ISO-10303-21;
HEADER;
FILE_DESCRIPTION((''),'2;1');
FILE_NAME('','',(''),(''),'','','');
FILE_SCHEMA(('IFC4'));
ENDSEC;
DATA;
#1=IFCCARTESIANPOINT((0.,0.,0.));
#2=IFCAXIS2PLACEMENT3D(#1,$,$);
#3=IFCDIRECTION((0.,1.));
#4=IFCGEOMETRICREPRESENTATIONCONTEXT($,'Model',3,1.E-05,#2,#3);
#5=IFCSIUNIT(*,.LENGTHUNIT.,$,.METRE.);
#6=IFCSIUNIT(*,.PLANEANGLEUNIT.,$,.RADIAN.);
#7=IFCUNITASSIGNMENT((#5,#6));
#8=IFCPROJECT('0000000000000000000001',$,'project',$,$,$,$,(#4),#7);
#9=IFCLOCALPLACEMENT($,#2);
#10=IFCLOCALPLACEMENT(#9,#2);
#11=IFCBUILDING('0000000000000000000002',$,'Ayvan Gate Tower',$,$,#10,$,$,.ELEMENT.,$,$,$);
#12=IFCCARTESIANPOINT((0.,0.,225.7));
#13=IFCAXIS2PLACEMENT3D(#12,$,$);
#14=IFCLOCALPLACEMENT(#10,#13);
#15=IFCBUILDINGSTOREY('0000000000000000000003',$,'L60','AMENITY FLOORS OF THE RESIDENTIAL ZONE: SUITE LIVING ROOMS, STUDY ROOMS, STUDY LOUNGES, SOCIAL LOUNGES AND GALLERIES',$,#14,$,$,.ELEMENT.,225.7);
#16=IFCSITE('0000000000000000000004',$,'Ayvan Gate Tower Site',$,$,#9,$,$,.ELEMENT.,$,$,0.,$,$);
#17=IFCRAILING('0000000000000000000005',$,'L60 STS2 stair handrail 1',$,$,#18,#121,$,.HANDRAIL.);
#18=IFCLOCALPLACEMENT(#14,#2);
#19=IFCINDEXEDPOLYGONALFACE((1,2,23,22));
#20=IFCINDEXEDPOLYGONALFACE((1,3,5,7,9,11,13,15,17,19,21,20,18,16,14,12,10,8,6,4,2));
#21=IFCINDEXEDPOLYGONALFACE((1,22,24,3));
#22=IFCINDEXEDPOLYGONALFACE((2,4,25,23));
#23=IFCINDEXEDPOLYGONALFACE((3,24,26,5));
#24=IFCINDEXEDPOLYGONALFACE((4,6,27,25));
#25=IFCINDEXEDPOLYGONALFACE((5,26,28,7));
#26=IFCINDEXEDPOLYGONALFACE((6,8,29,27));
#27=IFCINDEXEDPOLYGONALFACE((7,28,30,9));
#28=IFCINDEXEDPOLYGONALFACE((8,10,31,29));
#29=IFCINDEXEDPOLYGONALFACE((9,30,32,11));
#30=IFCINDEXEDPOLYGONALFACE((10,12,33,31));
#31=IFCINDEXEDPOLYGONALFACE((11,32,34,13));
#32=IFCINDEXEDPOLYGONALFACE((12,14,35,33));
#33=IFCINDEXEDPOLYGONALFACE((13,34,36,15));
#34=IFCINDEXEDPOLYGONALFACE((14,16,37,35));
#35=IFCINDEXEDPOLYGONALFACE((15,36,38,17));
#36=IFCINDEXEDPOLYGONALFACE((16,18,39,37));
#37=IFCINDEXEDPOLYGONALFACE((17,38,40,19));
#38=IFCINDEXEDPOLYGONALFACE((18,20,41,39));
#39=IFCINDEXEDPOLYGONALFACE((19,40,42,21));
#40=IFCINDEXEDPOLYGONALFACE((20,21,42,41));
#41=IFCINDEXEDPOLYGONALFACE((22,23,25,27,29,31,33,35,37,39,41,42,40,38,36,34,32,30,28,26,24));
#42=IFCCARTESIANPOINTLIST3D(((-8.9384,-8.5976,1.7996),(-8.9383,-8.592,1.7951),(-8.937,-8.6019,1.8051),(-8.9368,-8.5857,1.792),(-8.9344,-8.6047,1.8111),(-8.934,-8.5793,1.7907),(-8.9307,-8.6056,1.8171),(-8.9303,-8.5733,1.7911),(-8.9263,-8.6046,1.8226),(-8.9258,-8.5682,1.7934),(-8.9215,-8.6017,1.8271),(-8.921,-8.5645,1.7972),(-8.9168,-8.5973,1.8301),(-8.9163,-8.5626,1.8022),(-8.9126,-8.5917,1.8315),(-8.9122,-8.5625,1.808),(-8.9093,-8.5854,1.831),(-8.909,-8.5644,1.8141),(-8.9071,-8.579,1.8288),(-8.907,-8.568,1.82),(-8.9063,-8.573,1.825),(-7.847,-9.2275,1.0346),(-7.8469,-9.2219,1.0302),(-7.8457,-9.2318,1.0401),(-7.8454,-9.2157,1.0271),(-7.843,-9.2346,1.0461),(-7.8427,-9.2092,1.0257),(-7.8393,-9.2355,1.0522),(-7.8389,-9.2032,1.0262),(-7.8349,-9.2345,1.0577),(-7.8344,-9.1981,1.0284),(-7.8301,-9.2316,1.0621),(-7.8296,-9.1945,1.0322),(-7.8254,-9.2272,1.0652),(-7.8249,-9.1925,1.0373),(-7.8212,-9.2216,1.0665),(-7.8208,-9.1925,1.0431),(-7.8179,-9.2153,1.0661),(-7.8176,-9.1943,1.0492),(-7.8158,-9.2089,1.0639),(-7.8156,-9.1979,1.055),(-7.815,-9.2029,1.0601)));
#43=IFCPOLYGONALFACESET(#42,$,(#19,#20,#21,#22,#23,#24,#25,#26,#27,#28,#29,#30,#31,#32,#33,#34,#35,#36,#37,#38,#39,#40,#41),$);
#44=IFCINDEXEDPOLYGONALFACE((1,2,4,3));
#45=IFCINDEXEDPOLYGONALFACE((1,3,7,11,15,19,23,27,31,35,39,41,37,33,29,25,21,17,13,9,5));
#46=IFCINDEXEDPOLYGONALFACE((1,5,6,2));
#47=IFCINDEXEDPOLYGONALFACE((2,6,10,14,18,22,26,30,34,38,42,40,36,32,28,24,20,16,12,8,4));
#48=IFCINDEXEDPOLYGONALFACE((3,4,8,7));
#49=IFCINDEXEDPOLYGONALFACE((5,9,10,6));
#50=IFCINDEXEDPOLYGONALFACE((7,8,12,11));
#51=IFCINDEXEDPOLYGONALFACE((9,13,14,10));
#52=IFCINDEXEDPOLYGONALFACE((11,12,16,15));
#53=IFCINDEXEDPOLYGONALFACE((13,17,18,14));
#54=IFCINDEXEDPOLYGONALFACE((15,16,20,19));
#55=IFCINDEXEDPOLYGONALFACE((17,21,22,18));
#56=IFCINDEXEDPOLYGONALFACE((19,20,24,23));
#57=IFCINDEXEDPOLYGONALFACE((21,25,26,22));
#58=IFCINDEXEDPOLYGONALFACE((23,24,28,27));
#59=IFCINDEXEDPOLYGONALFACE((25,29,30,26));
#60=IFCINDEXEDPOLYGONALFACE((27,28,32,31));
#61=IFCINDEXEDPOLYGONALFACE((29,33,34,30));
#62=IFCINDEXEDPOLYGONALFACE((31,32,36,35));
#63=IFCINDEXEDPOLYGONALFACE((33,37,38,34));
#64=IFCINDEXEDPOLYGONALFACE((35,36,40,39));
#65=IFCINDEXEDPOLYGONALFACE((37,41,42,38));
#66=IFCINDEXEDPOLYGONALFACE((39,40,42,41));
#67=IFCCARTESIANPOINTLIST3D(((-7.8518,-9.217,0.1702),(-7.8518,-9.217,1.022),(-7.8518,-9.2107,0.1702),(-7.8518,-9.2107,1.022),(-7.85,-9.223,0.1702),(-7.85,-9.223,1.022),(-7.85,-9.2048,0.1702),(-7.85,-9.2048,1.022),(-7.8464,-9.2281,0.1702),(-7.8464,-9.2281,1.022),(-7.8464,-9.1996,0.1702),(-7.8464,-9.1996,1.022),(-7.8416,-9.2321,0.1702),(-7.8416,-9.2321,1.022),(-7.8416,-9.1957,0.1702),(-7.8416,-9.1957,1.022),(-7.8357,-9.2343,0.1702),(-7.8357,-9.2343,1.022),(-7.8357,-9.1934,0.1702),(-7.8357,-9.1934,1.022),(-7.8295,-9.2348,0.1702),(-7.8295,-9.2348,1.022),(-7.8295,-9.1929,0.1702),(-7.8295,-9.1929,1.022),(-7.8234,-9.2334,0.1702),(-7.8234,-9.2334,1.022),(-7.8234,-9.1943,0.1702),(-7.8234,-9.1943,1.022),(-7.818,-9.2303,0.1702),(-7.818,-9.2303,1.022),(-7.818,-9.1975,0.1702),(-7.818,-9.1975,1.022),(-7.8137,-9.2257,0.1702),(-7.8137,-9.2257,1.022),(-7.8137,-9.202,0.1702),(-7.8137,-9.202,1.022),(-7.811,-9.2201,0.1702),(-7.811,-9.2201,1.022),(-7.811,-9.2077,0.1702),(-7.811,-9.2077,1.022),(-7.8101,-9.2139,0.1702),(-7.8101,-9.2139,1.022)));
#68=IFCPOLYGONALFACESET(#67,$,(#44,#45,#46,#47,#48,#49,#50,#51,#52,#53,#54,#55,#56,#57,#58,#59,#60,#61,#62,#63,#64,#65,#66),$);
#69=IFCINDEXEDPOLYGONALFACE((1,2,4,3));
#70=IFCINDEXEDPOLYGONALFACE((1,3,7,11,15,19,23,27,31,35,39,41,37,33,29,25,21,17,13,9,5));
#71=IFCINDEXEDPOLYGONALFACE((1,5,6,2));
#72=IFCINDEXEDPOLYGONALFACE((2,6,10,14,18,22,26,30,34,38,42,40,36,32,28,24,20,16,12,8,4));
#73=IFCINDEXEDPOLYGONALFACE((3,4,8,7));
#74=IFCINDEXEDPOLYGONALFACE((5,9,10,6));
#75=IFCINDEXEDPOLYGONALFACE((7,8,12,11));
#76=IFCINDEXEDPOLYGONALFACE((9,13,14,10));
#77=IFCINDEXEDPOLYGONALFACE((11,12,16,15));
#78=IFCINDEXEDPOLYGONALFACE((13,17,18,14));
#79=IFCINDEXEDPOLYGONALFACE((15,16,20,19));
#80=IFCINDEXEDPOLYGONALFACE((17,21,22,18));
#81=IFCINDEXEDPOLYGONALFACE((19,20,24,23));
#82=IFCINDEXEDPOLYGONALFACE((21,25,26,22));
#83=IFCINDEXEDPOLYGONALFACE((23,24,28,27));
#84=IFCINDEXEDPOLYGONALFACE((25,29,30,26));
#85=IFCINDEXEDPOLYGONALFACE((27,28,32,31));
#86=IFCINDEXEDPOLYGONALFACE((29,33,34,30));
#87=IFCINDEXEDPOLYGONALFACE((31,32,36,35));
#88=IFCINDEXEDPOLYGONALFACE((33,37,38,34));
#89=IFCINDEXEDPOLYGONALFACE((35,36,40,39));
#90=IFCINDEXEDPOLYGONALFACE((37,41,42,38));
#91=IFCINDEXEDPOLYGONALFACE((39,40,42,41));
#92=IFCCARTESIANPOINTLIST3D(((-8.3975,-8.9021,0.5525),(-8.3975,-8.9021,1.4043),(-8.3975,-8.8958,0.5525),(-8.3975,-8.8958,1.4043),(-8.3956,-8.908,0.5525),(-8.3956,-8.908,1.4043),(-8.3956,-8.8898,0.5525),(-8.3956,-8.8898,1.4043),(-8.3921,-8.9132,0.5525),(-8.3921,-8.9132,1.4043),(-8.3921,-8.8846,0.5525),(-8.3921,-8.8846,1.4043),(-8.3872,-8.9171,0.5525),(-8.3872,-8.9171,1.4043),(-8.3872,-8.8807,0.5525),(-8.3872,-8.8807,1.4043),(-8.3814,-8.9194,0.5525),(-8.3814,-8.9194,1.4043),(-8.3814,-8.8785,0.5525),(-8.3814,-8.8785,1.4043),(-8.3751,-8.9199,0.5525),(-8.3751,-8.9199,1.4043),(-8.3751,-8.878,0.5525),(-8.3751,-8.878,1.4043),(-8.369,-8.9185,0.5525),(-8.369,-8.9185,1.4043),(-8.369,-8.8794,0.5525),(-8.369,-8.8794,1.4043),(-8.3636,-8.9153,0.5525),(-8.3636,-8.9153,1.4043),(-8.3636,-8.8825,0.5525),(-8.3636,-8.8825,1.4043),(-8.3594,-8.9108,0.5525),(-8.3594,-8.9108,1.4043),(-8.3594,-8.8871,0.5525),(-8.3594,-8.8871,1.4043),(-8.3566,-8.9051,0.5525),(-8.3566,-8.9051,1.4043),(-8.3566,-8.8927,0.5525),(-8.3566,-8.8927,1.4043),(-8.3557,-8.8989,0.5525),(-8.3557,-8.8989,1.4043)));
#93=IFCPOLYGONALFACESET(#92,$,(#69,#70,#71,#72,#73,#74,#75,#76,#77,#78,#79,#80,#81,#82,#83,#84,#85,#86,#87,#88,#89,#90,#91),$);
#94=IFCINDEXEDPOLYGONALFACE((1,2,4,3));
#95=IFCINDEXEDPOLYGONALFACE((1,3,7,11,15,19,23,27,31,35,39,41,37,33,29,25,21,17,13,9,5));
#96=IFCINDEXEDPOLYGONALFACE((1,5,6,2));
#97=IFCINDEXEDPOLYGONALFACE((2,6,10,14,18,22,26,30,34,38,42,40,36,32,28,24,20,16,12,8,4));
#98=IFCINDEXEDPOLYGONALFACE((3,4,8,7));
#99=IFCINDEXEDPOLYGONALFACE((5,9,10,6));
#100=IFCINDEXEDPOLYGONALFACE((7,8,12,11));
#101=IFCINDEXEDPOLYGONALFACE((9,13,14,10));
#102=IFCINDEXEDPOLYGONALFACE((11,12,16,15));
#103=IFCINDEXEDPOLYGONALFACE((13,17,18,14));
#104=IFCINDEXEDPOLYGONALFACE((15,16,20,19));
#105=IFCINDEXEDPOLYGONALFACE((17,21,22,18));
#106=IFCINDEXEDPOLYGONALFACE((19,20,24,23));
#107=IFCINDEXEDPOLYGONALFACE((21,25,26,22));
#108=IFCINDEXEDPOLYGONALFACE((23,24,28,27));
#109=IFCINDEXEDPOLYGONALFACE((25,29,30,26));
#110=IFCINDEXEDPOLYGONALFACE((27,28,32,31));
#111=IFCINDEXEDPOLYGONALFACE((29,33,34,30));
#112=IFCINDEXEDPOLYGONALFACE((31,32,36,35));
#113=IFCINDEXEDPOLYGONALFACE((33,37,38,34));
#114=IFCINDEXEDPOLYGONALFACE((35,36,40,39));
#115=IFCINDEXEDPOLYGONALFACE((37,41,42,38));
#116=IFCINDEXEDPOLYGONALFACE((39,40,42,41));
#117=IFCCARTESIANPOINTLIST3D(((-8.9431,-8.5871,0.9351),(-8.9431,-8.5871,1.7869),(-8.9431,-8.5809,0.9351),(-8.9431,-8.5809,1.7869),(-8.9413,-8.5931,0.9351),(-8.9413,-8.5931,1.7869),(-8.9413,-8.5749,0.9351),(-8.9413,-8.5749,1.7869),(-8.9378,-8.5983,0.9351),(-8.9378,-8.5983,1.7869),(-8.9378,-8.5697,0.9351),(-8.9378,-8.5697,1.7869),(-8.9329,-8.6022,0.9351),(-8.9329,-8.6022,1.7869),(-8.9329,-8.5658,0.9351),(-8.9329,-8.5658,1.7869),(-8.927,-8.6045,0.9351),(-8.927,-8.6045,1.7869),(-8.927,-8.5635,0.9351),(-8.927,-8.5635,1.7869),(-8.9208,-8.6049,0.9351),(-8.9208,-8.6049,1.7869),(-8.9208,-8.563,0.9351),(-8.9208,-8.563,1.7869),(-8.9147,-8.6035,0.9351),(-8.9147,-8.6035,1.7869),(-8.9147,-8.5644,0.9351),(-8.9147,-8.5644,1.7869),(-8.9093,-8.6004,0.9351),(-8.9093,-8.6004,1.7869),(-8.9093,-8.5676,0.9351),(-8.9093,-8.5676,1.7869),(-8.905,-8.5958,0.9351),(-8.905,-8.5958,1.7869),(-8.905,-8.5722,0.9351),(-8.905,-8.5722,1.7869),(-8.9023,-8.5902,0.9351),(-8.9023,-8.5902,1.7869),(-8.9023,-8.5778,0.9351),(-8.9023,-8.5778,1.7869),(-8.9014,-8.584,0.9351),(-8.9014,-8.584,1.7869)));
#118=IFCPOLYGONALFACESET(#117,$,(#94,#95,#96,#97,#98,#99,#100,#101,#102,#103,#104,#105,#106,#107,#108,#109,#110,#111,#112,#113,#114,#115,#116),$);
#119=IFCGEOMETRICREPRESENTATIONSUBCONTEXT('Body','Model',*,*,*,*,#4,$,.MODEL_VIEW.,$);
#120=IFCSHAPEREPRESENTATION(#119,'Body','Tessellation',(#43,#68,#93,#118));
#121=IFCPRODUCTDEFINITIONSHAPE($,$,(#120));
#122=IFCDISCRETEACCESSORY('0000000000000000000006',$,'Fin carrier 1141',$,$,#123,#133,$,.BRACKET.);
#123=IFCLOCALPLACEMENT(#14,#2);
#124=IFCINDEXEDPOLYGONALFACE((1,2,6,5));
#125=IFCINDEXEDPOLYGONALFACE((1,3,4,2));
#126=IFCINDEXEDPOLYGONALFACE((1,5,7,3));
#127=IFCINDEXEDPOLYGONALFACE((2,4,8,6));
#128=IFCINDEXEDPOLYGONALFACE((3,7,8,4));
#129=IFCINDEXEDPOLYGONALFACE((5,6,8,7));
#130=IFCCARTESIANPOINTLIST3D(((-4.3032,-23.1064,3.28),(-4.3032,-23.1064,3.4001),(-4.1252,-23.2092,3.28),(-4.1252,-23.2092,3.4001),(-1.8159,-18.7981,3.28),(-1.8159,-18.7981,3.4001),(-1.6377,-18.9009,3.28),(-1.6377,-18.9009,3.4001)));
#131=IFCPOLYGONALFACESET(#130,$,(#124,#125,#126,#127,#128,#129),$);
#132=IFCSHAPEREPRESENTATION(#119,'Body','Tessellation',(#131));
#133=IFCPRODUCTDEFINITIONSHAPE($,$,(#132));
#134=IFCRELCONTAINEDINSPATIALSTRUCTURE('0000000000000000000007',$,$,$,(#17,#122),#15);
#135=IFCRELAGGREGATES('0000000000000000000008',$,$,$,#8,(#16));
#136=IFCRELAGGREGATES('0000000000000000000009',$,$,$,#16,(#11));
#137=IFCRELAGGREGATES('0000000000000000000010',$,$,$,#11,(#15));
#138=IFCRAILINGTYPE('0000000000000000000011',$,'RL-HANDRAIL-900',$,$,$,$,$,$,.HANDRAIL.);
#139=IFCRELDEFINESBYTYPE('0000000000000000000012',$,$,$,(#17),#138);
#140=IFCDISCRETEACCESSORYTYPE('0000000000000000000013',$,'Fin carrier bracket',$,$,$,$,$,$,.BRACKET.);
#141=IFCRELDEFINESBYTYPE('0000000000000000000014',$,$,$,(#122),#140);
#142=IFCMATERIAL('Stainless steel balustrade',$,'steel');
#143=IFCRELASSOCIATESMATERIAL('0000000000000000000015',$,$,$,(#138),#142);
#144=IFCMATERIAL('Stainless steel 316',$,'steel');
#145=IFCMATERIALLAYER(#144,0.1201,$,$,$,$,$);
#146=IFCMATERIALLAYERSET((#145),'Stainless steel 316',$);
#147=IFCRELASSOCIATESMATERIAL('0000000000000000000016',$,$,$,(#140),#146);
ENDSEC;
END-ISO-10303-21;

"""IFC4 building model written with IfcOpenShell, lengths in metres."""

from ifc_helpers import new_model, si_unit, direction, frame, origin, origin_2d, place, context, subcontext, project, spatial, polyline, circle, outline, extrude, material, layer, layer_set, type_object, element, save


model = new_model("IFC4")

# Units and contexts
model_context = context("Model", 3, precision=1e-05, world=origin(), true_north=direction((0.0, 1.0)))
body_context = subcontext(model_context, "Body", "Model", "MODEL_VIEW")
ifc_project = project(units=[si_unit("LENGTHUNIT", "METRE"), si_unit("PLANEANGLEUNIT", "RADIAN")], contexts=[model_context])

# Site, building, storey
site_placement = place(None, origin())
site = spatial("IfcSite", under=ifc_project, at=site_placement, Name="Ayvan Gate Tower Site", CompositionType="ELEMENT", RefElevation=0.0)
building_placement = place(site_placement, origin())
building = spatial("IfcBuilding", under=site, at=building_placement, Name="Ayvan Gate Tower", CompositionType="ELEMENT")
storey_placement = place(building_placement, frame((0.0, 0.0, 225.7)))
storey = spatial("IfcBuildingStorey", under=building, at=storey_placement, Name="L60", Description="AMENITY FLOORS OF THE RESIDENTIAL ZONE: SUITE LIVING ROOMS, STUDY ROOMS, STUDY LOUNGES, SOCIAL LOUNGES AND GALLERIES", CompositionType="ELEMENT", Elevation=225.7)

# Railing
ifc_material_1 = material(Name="Stainless steel balustrade", Category="steel")
railing_type_1 = type_object("IfcRailingType", Name="RL-HANDRAIL-900", PredefinedType="HANDRAIL", material=ifc_material_1)
railing_1_placement = place(storey_placement, frame((-7.8311, -9.2139, 0.1702)))
element("IfcRailing", 1, at=railing_1_placement, inside=storey, type_object=railing_type_1, Name="L60 STS2 stair handrail 1", PredefinedType="HANDRAIL", context=body_context, shape_type="SweptSolid", body=[
    extrude(circle(Radius=0.0239, at=origin_2d()), frame((0.0, 0.0, 0.876), z_axis=(-0.740357, 0.42732, 0.518912), x_axis=(-0.49989, -0.866089, 0.0)), (0.0, 0.0, 1.0), 1.4741),
    extrude(circle(Radius=0.021, at=origin_2d()), origin(), (0.0, 0.0, 1.0), 0.8518),
    extrude(circle(Radius=0.021, at=origin_2d()), frame((-0.5457, 0.3149, 0.3823)), (0.0, 0.0, 1.0), 0.8518),
    extrude(circle(Radius=0.021, at=origin_2d()), frame((-1.0913, 0.6299, 0.7649)), (0.0, 0.0, 1.0), 0.8518),
])

# Discrete accessory
ifc_material_2 = material(Name="Stainless steel 316", Category="steel")
ifc_layer_1 = layer(ifc_material_2, 0.1201)
ifc_layer_set_1 = layer_set([ifc_layer_1], Name="Stainless steel 316")
discrete_accessory_type = type_object("IfcDiscreteAccessoryType", Name="Fin carrier bracket", PredefinedType="BRACKET", material=ifc_layer_set_1)
discrete_accessory_placement = place(storey_placement, frame((0.0, 0.0, 3.28)))
element("IfcDiscreteAccessory", 2, at=discrete_accessory_placement, inside=storey, type_object=discrete_accessory_type, Name="Fin carrier 1141", PredefinedType="BRACKET", context=body_context, shape_type="SweptSolid", body=[
    extrude(outline(polyline([(-1.6377, -18.9009), (-4.1252, -23.2092), (-4.3032, -23.1064), (-1.8159, -18.7981), (-1.6377, -18.9009)])), origin(), (0.0, 0.0, 1.0), 0.1201),
])

save(model, "model.ifc")
